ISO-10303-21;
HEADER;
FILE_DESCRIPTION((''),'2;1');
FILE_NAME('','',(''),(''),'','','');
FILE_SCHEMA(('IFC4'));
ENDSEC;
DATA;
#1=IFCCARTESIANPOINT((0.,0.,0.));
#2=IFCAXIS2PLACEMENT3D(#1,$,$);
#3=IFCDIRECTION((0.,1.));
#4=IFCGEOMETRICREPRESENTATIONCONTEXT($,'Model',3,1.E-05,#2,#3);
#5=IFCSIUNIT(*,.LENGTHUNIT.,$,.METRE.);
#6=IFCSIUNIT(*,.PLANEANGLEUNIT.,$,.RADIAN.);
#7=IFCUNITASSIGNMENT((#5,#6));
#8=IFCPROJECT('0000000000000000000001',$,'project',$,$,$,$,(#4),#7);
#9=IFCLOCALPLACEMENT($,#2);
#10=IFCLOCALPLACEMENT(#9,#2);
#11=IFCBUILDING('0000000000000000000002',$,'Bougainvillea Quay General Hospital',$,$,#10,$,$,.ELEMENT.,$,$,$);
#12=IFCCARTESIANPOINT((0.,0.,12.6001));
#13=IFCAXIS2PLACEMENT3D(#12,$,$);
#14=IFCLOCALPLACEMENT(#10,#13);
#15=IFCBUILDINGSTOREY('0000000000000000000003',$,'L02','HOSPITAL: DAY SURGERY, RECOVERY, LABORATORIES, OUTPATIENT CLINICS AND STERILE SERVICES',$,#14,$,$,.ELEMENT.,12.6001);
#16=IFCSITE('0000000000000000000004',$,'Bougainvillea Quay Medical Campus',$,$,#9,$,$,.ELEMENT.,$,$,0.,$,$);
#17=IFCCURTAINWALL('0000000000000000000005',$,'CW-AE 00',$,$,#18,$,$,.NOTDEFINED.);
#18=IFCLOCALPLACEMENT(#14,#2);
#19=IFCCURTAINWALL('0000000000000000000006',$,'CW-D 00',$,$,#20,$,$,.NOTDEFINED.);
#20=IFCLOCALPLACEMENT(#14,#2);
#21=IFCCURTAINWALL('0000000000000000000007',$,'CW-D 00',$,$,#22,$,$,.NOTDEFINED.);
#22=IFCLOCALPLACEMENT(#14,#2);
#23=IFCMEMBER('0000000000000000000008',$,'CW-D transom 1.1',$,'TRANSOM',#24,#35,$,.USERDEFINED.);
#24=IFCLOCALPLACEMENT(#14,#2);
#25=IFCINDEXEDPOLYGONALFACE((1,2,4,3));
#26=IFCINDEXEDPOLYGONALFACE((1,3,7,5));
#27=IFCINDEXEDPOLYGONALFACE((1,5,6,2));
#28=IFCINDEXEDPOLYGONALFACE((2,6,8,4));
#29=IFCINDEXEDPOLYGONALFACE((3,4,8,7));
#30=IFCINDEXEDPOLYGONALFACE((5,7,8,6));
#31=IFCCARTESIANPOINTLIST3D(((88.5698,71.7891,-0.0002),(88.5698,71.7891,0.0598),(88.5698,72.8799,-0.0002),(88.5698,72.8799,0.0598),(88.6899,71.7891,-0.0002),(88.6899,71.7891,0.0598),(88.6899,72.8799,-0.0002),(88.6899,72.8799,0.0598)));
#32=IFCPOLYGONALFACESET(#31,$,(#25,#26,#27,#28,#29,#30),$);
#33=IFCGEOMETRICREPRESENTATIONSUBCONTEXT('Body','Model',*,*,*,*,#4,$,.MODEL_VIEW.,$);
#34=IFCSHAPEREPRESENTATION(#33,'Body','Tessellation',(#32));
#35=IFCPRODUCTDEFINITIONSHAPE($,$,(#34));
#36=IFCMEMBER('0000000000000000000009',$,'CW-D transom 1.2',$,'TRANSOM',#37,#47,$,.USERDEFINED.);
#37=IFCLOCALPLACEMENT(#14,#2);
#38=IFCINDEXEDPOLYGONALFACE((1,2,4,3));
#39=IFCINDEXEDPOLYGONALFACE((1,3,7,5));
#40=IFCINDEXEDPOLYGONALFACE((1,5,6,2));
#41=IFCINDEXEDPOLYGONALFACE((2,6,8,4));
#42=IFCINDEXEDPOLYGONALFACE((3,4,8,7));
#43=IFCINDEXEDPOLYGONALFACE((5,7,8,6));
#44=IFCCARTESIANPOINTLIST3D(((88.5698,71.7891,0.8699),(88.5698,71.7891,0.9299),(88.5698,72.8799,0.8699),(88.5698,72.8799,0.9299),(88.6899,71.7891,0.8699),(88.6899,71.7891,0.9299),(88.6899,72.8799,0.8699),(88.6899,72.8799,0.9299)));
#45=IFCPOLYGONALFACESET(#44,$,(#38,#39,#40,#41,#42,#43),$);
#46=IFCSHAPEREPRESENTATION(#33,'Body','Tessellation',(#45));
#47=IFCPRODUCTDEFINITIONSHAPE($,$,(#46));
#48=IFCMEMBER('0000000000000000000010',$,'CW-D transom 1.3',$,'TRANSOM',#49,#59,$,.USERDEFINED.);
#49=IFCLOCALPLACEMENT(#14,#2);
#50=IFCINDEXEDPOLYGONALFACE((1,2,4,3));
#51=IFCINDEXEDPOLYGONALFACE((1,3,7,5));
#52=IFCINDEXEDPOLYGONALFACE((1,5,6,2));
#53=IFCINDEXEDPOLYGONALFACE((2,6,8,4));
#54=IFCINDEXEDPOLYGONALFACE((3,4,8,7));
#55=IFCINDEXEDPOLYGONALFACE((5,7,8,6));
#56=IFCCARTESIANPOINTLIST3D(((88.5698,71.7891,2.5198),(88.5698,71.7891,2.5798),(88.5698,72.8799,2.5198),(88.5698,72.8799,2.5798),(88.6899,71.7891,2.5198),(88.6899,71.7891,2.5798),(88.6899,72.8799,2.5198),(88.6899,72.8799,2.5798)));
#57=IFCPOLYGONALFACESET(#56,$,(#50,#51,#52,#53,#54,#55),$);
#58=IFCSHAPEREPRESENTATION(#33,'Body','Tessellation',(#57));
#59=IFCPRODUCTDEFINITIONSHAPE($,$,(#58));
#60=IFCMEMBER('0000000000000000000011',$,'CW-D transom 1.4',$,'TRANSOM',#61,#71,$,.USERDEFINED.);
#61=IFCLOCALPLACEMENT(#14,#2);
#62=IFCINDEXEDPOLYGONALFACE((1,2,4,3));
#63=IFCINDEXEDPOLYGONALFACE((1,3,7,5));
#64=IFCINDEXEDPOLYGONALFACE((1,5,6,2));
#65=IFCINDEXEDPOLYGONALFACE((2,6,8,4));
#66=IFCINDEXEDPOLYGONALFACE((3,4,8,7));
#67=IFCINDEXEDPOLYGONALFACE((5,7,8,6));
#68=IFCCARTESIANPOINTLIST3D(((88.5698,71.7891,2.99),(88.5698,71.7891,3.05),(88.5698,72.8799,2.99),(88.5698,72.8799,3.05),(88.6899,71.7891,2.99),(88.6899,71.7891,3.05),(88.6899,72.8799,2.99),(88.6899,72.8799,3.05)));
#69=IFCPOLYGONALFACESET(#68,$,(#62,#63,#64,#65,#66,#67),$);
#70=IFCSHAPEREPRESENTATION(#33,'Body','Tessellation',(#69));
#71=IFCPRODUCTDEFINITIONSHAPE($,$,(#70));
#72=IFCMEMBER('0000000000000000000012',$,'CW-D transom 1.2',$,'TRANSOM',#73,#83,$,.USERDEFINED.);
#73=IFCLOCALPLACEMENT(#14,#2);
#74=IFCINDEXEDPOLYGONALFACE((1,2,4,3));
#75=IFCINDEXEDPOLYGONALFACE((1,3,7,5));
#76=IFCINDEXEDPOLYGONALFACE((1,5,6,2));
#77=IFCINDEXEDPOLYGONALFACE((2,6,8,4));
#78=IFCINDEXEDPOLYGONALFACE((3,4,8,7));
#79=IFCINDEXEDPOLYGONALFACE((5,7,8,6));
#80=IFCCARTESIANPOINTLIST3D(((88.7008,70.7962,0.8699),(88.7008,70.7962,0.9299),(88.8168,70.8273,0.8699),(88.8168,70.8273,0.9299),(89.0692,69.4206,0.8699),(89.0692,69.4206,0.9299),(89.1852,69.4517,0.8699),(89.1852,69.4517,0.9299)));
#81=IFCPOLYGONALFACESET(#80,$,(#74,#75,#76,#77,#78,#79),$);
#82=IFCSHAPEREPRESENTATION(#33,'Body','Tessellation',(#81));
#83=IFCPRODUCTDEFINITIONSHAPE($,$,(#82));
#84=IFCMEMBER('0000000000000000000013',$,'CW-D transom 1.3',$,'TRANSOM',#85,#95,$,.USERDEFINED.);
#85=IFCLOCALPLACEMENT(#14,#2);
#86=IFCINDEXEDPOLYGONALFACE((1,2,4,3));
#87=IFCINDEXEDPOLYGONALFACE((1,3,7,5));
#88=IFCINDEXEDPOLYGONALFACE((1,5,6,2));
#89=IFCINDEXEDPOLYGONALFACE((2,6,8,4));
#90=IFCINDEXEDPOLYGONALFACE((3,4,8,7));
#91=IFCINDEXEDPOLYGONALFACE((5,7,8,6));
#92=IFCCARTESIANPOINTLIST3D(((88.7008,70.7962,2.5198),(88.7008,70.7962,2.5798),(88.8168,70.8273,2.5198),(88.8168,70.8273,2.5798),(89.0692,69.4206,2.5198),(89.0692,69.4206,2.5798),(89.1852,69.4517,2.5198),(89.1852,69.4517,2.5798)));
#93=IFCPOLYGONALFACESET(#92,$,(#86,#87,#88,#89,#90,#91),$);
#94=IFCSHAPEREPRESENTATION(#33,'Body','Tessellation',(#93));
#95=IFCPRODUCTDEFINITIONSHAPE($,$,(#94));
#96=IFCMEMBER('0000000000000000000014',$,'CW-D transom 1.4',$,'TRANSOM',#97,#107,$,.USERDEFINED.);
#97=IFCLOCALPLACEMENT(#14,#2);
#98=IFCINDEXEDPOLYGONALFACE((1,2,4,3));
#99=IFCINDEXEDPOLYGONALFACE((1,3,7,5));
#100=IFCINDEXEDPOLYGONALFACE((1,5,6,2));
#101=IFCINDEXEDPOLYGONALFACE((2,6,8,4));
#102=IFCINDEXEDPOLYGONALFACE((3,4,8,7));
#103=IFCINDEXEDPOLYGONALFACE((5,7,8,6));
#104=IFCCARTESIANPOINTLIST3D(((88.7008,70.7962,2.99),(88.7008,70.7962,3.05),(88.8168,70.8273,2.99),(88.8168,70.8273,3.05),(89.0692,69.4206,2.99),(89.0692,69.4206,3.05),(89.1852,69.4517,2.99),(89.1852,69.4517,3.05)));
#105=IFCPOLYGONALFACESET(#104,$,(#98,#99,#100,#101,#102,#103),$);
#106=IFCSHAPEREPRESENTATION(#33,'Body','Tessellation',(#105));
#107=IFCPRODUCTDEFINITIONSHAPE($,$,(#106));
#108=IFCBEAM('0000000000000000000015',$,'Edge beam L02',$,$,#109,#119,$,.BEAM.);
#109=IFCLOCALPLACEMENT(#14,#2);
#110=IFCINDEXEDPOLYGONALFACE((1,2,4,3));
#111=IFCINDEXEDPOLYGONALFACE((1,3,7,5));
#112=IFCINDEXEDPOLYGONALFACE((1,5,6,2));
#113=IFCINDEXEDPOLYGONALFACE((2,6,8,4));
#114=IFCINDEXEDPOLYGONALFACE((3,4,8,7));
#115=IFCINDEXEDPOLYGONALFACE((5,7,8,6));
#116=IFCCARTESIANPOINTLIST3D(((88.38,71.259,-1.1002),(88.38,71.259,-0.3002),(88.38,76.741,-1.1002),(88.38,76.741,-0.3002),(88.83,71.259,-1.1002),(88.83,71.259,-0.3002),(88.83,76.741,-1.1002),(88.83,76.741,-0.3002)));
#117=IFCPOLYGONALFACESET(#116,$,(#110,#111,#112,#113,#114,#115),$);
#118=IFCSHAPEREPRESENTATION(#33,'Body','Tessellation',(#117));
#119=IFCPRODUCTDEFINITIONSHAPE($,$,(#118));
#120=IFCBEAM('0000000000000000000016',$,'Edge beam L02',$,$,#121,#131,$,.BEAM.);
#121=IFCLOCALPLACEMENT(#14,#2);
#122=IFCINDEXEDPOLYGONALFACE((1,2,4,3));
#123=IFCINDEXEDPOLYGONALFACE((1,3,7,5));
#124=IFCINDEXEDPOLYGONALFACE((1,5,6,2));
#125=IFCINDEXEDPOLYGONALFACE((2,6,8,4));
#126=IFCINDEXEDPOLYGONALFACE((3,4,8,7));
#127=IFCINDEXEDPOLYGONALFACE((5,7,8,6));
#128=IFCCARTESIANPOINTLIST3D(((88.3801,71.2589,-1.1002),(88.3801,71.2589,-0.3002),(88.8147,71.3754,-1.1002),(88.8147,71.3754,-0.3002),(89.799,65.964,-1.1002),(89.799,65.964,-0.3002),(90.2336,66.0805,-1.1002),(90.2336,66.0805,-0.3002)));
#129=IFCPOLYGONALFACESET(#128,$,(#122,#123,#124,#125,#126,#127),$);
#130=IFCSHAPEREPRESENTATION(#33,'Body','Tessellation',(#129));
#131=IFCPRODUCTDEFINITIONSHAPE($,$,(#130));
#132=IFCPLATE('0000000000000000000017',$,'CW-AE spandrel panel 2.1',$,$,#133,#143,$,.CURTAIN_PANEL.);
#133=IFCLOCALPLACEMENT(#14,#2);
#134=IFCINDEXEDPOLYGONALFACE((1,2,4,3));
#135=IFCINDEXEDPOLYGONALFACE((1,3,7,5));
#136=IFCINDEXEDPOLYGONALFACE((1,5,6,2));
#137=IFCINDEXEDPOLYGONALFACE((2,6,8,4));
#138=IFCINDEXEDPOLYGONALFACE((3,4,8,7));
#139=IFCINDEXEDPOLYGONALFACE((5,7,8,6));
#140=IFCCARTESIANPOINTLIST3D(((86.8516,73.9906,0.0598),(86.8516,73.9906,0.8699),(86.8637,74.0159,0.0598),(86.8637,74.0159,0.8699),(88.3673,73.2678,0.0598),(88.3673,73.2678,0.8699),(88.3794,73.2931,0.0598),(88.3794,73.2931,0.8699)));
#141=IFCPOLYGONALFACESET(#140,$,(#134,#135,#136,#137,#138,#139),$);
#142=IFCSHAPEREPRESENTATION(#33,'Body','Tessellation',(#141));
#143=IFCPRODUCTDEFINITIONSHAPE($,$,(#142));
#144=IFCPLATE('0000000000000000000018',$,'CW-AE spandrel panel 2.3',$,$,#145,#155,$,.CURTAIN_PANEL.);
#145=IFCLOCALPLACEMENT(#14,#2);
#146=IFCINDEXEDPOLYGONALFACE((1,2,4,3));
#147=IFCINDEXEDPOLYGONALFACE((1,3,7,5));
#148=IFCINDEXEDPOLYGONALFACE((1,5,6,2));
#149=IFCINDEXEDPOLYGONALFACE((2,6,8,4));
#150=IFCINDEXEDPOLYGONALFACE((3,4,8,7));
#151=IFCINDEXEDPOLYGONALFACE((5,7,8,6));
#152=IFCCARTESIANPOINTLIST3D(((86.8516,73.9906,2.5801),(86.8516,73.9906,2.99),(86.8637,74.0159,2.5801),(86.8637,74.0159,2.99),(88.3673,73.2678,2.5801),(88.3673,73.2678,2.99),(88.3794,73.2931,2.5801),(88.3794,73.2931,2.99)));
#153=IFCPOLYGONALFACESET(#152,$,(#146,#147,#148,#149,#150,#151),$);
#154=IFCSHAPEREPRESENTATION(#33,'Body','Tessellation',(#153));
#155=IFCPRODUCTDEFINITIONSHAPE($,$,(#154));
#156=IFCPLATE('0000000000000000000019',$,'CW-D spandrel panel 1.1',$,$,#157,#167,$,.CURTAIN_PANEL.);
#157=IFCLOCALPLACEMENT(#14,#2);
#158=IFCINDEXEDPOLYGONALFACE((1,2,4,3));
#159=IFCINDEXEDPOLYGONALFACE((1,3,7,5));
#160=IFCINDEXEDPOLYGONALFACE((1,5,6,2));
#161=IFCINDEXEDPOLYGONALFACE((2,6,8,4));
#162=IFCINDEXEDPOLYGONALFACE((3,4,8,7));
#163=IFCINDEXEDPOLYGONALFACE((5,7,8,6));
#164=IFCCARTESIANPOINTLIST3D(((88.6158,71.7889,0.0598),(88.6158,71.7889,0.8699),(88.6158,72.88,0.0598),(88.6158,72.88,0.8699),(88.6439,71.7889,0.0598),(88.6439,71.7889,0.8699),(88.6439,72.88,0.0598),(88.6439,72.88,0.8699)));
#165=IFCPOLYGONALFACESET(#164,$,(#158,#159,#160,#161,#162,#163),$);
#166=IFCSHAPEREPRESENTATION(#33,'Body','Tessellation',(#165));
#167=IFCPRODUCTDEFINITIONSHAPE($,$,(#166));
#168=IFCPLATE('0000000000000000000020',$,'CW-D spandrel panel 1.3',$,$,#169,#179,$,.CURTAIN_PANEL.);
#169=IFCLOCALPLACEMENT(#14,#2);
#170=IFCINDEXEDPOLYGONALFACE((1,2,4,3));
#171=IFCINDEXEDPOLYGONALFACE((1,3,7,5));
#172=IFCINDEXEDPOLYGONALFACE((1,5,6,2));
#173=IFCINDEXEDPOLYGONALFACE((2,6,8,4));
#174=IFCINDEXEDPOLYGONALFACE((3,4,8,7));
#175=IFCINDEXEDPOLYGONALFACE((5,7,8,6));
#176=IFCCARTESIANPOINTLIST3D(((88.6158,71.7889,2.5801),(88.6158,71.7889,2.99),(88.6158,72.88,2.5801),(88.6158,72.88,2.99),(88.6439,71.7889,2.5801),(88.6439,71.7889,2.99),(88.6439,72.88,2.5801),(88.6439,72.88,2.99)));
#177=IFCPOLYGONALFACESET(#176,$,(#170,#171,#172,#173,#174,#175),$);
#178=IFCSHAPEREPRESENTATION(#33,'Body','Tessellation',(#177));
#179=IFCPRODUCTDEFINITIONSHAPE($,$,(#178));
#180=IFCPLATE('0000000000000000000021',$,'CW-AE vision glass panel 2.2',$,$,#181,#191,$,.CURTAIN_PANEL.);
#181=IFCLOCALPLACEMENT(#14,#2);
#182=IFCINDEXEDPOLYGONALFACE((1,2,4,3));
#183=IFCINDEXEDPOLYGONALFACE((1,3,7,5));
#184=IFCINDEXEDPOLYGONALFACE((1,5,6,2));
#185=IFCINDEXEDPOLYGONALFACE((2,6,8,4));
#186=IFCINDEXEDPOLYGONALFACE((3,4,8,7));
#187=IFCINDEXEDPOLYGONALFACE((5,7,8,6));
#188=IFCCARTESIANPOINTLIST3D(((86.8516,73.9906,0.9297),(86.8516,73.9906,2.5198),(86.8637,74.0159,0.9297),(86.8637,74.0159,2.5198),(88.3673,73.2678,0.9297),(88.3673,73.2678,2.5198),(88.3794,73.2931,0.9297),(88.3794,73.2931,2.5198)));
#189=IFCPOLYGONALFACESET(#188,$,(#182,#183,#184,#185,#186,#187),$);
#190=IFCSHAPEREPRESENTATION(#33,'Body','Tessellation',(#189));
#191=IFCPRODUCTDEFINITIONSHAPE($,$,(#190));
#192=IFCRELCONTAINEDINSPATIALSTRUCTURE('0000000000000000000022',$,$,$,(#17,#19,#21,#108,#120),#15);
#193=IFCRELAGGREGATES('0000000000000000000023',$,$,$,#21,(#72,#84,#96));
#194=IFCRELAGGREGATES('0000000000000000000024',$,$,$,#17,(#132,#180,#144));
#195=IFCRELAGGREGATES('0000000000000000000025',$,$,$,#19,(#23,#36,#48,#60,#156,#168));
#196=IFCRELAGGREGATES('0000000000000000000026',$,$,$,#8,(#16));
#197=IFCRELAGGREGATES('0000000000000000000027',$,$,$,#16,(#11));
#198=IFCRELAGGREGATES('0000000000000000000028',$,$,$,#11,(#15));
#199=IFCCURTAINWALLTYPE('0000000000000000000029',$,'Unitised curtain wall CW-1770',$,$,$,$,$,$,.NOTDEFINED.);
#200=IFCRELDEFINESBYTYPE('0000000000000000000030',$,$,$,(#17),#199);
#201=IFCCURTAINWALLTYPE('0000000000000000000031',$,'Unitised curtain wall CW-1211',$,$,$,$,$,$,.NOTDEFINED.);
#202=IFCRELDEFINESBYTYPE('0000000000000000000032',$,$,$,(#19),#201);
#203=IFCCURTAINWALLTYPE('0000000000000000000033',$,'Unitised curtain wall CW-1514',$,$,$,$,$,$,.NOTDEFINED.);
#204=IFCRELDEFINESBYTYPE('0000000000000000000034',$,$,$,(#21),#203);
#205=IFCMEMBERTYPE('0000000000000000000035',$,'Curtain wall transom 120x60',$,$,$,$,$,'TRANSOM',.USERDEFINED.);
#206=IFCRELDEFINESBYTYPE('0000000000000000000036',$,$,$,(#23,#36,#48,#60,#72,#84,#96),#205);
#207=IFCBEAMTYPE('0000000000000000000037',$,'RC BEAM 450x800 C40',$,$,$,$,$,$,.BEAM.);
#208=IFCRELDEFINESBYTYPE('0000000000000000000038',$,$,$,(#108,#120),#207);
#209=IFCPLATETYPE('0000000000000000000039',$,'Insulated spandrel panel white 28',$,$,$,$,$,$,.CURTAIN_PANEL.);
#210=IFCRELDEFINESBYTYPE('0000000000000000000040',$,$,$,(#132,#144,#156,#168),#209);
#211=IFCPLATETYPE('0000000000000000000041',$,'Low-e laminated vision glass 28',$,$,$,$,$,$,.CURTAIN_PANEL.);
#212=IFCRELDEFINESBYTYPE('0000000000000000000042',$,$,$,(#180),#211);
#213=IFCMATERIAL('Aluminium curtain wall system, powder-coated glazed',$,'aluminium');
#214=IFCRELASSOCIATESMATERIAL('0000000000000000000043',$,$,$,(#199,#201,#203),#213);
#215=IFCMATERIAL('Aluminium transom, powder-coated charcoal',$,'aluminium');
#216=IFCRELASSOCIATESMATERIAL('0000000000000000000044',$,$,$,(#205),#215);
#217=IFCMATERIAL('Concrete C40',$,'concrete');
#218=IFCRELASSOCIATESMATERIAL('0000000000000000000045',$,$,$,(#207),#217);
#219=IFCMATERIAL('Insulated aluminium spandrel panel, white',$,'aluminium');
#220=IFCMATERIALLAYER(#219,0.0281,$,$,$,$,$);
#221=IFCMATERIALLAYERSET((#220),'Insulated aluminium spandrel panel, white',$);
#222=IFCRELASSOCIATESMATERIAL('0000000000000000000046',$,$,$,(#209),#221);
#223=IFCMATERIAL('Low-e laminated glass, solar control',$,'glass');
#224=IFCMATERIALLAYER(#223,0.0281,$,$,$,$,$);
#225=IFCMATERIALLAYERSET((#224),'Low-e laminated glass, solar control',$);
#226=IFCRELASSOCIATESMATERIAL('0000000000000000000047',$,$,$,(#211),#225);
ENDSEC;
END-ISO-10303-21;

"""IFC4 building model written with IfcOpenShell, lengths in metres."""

from ifc_helpers import new_model, si_unit, direction, frame, origin, origin_2d, place, context, subcontext, project, spatial, rectangle, extrude, material, layer, layer_set, material_profile, profile_set, type_object, element, aggregate, save


model = new_model("IFC4")

# Units and contexts
model_context = context("Model", 3, precision=1e-05, world=origin(), true_north=direction((0.0, 1.0)))
body_context = subcontext(model_context, "Body", "Model", "MODEL_VIEW")
ifc_project = project(units=[si_unit("LENGTHUNIT", "METRE"), si_unit("PLANEANGLEUNIT", "RADIAN")], contexts=[model_context])

# Site, building, storey
site_placement = place(None, origin())
site = spatial("IfcSite", under=ifc_project, at=site_placement, Name="Bougainvillea Quay Medical Campus", CompositionType="ELEMENT", RefElevation=0.0)
building_placement = place(site_placement, origin())
building = spatial("IfcBuilding", under=site, at=building_placement, Name="Bougainvillea Quay General Hospital", CompositionType="ELEMENT")
storey_placement = place(building_placement, frame((0.0, 0.0, 12.6001)))
storey = spatial("IfcBuildingStorey", under=building, at=storey_placement, Name="L02", Description="HOSPITAL: DAY SURGERY, RECOVERY, LABORATORIES, OUTPATIENT CLINICS AND STERILE SERVICES", CompositionType="ELEMENT", Elevation=12.6001)

# Shared definitions
ifc_material_1 = material(Name="Concrete C40", Category="concrete")

# Curtain wall
ifc_material_2 = material(Name="Aluminium curtain wall system, powder-coated glazed", Category="aluminium")
curtain_wall_type_1 = type_object("IfcCurtainWallType", Name="Unitised curtain wall CW-1770", PredefinedType="NOTDEFINED", material=ifc_material_2)
curtain_wall_1_placement = place(storey_placement, origin())
curtain_wall_1 = element("IfcCurtainWall", 1, at=curtain_wall_1_placement, inside=storey, type_object=curtain_wall_type_1, Name="CW-AE 00", PredefinedType="NOTDEFINED")

# Curtain wall
curtain_wall_type_2 = type_object("IfcCurtainWallType", Name="Unitised curtain wall CW-1211", PredefinedType="NOTDEFINED", material=ifc_material_2)
curtain_wall_2_placement = place(storey_placement, origin())
curtain_wall_2 = element("IfcCurtainWall", 2, at=curtain_wall_2_placement, inside=storey, type_object=curtain_wall_type_2, Name="CW-D 00", PredefinedType="NOTDEFINED")

# Curtain wall
curtain_wall_type_3 = type_object("IfcCurtainWallType", Name="Unitised curtain wall CW-1514", PredefinedType="NOTDEFINED", material=ifc_material_2)
curtain_wall_3_placement = place(storey_placement, origin())
curtain_wall_3 = element("IfcCurtainWall", 3, at=curtain_wall_3_placement, inside=storey, type_object=curtain_wall_type_3, Name="CW-D 00", PredefinedType="NOTDEFINED")

# Shared definitions
ifc_material_3 = material(Name="Aluminium transom, powder-coated charcoal", Category="aluminium")
ifc_material_profile_1 = material_profile(ifc_material_3, rectangle(XDim=0.1201, YDim=0.0601, at=origin_2d()))
ifc_profile_set_1 = profile_set([ifc_material_profile_1], Name="Aluminium transom, powder-coated charcoal")
member_type_1 = type_object("IfcMemberType", Name="Curtain wall transom 120x60", ElementType="TRANSOM", PredefinedType="USERDEFINED", material=ifc_profile_set_1)

# Members
member_1_placement = place(storey_placement, frame((88.6299, 72.8799, 0.0298), z_axis=(0.0, -1.0, 0.0), x_axis=(1.0, 0.0, 0.0)))
member_1 = element("IfcMember", 4, at=member_1_placement, type_object=member_type_1, Name="CW-D transom 1.1", ObjectType="TRANSOM", PredefinedType="USERDEFINED", context=body_context, shape_type="SweptSolid", body=[
    extrude(rectangle(XDim=0.1201, YDim=0.0601, at=origin_2d()), origin(), (0.0, 0.0, 1.0), 1.0908),
])
member_2_placement = place(storey_placement, frame((88.6299, 72.8799, 0.8999), z_axis=(0.0, -1.0, 0.0), x_axis=(1.0, 0.0, 0.0)))
member_2 = element("IfcMember", 5, at=member_2_placement, type_object=member_type_1, Name="CW-D transom 1.2", ObjectType="TRANSOM", PredefinedType="USERDEFINED", context=body_context, shape_type="SweptSolid", body=[
    extrude(rectangle(XDim=0.1201, YDim=0.0601, at=origin_2d()), origin(), (0.0, 0.0, 1.0), 1.0908),
])
member_3_placement = place(storey_placement, frame((88.6299, 72.8799, 2.5498), z_axis=(0.0, -1.0, 0.0), x_axis=(1.0, 0.0, 0.0)))
member_3 = element("IfcMember", 6, at=member_3_placement, type_object=member_type_1, Name="CW-D transom 1.3", ObjectType="TRANSOM", PredefinedType="USERDEFINED", context=body_context, shape_type="SweptSolid", body=[
    extrude(rectangle(XDim=0.1201, YDim=0.0601, at=origin_2d()), origin(), (0.0, 0.0, 1.0), 1.0908),
])
member_4_placement = place(storey_placement, frame((88.6299, 72.8799, 3.02), z_axis=(0.0, -1.0, 0.0), x_axis=(1.0, 0.0, 0.0)))
member_4 = element("IfcMember", 7, at=member_4_placement, type_object=member_type_1, Name="CW-D transom 1.4", ObjectType="TRANSOM", PredefinedType="USERDEFINED", context=body_context, shape_type="SweptSolid", body=[
    extrude(rectangle(XDim=0.1201, YDim=0.0601, at=origin_2d()), origin(), (0.0, 0.0, 1.0), 1.0908),
])
member_5_placement = place(storey_placement, frame((88.7588, 70.8118, 0.8999), z_axis=(0.258719, -0.965953, 0.0), x_axis=(0.965953, 0.258719, 0.0)))
member_5 = element("IfcMember", 8, at=member_5_placement, type_object=member_type_1, Name="CW-D transom 1.2", ObjectType="TRANSOM", PredefinedType="USERDEFINED", context=body_context, shape_type="SweptSolid", body=[
    extrude(rectangle(XDim=0.1201, YDim=0.0601, at=origin_2d()), origin(), (0.0, 0.0, 1.0), 1.4241),
])
member_6_placement = place(storey_placement, frame((88.7588, 70.8118, 2.5498), z_axis=(0.258719, -0.965953, 0.0), x_axis=(0.965953, 0.258719, 0.0)))
member_6 = element("IfcMember", 9, at=member_6_placement, type_object=member_type_1, Name="CW-D transom 1.3", ObjectType="TRANSOM", PredefinedType="USERDEFINED", context=body_context, shape_type="SweptSolid", body=[
    extrude(rectangle(XDim=0.1201, YDim=0.0601, at=origin_2d()), origin(), (0.0, 0.0, 1.0), 1.4241),
])
member_7_placement = place(storey_placement, frame((88.7588, 70.8118, 3.02), z_axis=(0.258719, -0.965953, 0.0), x_axis=(0.965953, 0.258719, 0.0)))
member_7 = element("IfcMember", 10, at=member_7_placement, type_object=member_type_1, Name="CW-D transom 1.4", ObjectType="TRANSOM", PredefinedType="USERDEFINED", context=body_context, shape_type="SweptSolid", body=[
    extrude(rectangle(XDim=0.1201, YDim=0.0601, at=origin_2d()), origin(), (0.0, 0.0, 1.0), 1.4241),
])
aggregate(curtain_wall_3, [member_5, member_6, member_7])

# Beams
ifc_material_profile_2 = material_profile(ifc_material_1, rectangle(XDim=0.45, YDim=0.8, at=origin_2d()))
ifc_profile_set_2 = profile_set([ifc_material_profile_2], Name="Concrete C40")
beam_type = type_object("IfcBeamType", Name="RC BEAM 450x800 C40", PredefinedType="BEAM", material=ifc_profile_set_2)
beam_1_placement = place(storey_placement, frame((88.605, 76.741, -0.7002), z_axis=(0.0, -1.0, 0.0), x_axis=(1.0, 0.0, 0.0)))
element("IfcBeam", 11, at=beam_1_placement, inside=storey, type_object=beam_type, Name="Edge beam L02", PredefinedType="BEAM", context=body_context, shape_type="SweptSolid", body=[
    extrude(rectangle(XDim=0.45, YDim=0.8, at=origin_2d()), origin(), (0.0, 0.0, 1.0), 5.4819),
])
beam_2_placement = place(storey_placement, frame((88.5974, 71.3171, -0.7002), z_axis=(0.258849, -0.965918, 0.0), x_axis=(0.965918, 0.258849, 0.0)))
element("IfcBeam", 12, at=beam_2_placement, inside=storey, type_object=beam_type, Name="Edge beam L02", PredefinedType="BEAM", context=body_context, shape_type="SweptSolid", body=[
    extrude(rectangle(XDim=0.45, YDim=0.8, at=origin_2d()), origin(), (0.0, 0.0, 1.0), 5.4817),
])

# Plates
ifc_material_4 = material(Name="Insulated aluminium spandrel panel, white", Category="aluminium")
ifc_layer_1 = layer(ifc_material_4, 0.0281)
ifc_layer_set_1 = layer_set([ifc_layer_1], Name="Insulated aluminium spandrel panel, white")
plate_type_1 = type_object("IfcPlateType", Name="Insulated spandrel panel white 28", PredefinedType="CURTAIN_PANEL", material=ifc_layer_set_1)
plate_1_placement = place(storey_placement, frame((87.6155, 73.6418, 0.0598), z_axis=(0.0, 0.0, 1.0), x_axis=(0.902608, -0.430463, 0.0)))
plate_1 = element("IfcPlate", 13, at=plate_1_placement, type_object=plate_type_1, Name="CW-AE spandrel panel 2.1", PredefinedType="CURTAIN_PANEL", context=body_context, shape_type="SweptSolid", body=[
    extrude(rectangle(XDim=1.6792, YDim=0.0281, at=origin_2d()), origin(), (0.0, 0.0, 1.0), 0.8101),
])
plate_2_placement = place(storey_placement, frame((87.6155, 73.6418, 2.5801), z_axis=(0.0, 0.0, 1.0), x_axis=(0.902608, -0.430463, 0.0)))
plate_2 = element("IfcPlate", 14, at=plate_2_placement, type_object=plate_type_1, Name="CW-AE spandrel panel 2.3", PredefinedType="CURTAIN_PANEL", context=body_context, shape_type="SweptSolid", body=[
    extrude(rectangle(XDim=1.6792, YDim=0.0281, at=origin_2d()), origin(), (0.0, 0.0, 1.0), 0.4099),
])
plate_3_placement = place(storey_placement, frame((88.6299, 72.3345, 0.0598), z_axis=(0.0, 0.0, 1.0), x_axis=(0.0, -1.0, 0.0)))
plate_3 = element("IfcPlate", 15, at=plate_3_placement, type_object=plate_type_1, Name="CW-D spandrel panel 1.1", PredefinedType="CURTAIN_PANEL", context=body_context, shape_type="SweptSolid", body=[
    extrude(rectangle(XDim=1.0911, YDim=0.0281, at=origin_2d()), origin(), (0.0, 0.0, 1.0), 0.8101),
])
plate_4_placement = place(storey_placement, frame((88.6299, 72.3345, 2.5801), z_axis=(0.0, 0.0, 1.0), x_axis=(0.0, -1.0, 0.0)))
plate_4 = element("IfcPlate", 16, at=plate_4_placement, type_object=plate_type_1, Name="CW-D spandrel panel 1.3", PredefinedType="CURTAIN_PANEL", context=body_context, shape_type="SweptSolid", body=[
    extrude(rectangle(XDim=1.0911, YDim=0.0281, at=origin_2d()), origin(), (0.0, 0.0, 1.0), 0.4099),
])
ifc_material_5 = material(Name="Low-e laminated glass, solar control", Category="glass")
ifc_layer_2 = layer(ifc_material_5, 0.0281)
ifc_layer_set_2 = layer_set([ifc_layer_2], Name="Low-e laminated glass, solar control")
plate_type_2 = type_object("IfcPlateType", Name="Low-e laminated vision glass 28", PredefinedType="CURTAIN_PANEL", material=ifc_layer_set_2)
plate_5_placement = place(storey_placement, frame((87.6155, 73.6418, 0.9297), z_axis=(0.0, 0.0, 1.0), x_axis=(0.902608, -0.430463, 0.0)))
plate_5 = element("IfcPlate", 17, at=plate_5_placement, type_object=plate_type_2, Name="CW-AE vision glass panel 2.2", PredefinedType="CURTAIN_PANEL", context=body_context, shape_type="SweptSolid", body=[
    extrude(rectangle(XDim=1.6792, YDim=0.0281, at=origin_2d()), origin(), (0.0, 0.0, 1.0), 1.5901),
])
aggregate(curtain_wall_1, [plate_1, plate_5, plate_2])
aggregate(curtain_wall_2, [member_1, member_2, member_3, member_4, plate_3, plate_4])

save(model, "model.ifc")
